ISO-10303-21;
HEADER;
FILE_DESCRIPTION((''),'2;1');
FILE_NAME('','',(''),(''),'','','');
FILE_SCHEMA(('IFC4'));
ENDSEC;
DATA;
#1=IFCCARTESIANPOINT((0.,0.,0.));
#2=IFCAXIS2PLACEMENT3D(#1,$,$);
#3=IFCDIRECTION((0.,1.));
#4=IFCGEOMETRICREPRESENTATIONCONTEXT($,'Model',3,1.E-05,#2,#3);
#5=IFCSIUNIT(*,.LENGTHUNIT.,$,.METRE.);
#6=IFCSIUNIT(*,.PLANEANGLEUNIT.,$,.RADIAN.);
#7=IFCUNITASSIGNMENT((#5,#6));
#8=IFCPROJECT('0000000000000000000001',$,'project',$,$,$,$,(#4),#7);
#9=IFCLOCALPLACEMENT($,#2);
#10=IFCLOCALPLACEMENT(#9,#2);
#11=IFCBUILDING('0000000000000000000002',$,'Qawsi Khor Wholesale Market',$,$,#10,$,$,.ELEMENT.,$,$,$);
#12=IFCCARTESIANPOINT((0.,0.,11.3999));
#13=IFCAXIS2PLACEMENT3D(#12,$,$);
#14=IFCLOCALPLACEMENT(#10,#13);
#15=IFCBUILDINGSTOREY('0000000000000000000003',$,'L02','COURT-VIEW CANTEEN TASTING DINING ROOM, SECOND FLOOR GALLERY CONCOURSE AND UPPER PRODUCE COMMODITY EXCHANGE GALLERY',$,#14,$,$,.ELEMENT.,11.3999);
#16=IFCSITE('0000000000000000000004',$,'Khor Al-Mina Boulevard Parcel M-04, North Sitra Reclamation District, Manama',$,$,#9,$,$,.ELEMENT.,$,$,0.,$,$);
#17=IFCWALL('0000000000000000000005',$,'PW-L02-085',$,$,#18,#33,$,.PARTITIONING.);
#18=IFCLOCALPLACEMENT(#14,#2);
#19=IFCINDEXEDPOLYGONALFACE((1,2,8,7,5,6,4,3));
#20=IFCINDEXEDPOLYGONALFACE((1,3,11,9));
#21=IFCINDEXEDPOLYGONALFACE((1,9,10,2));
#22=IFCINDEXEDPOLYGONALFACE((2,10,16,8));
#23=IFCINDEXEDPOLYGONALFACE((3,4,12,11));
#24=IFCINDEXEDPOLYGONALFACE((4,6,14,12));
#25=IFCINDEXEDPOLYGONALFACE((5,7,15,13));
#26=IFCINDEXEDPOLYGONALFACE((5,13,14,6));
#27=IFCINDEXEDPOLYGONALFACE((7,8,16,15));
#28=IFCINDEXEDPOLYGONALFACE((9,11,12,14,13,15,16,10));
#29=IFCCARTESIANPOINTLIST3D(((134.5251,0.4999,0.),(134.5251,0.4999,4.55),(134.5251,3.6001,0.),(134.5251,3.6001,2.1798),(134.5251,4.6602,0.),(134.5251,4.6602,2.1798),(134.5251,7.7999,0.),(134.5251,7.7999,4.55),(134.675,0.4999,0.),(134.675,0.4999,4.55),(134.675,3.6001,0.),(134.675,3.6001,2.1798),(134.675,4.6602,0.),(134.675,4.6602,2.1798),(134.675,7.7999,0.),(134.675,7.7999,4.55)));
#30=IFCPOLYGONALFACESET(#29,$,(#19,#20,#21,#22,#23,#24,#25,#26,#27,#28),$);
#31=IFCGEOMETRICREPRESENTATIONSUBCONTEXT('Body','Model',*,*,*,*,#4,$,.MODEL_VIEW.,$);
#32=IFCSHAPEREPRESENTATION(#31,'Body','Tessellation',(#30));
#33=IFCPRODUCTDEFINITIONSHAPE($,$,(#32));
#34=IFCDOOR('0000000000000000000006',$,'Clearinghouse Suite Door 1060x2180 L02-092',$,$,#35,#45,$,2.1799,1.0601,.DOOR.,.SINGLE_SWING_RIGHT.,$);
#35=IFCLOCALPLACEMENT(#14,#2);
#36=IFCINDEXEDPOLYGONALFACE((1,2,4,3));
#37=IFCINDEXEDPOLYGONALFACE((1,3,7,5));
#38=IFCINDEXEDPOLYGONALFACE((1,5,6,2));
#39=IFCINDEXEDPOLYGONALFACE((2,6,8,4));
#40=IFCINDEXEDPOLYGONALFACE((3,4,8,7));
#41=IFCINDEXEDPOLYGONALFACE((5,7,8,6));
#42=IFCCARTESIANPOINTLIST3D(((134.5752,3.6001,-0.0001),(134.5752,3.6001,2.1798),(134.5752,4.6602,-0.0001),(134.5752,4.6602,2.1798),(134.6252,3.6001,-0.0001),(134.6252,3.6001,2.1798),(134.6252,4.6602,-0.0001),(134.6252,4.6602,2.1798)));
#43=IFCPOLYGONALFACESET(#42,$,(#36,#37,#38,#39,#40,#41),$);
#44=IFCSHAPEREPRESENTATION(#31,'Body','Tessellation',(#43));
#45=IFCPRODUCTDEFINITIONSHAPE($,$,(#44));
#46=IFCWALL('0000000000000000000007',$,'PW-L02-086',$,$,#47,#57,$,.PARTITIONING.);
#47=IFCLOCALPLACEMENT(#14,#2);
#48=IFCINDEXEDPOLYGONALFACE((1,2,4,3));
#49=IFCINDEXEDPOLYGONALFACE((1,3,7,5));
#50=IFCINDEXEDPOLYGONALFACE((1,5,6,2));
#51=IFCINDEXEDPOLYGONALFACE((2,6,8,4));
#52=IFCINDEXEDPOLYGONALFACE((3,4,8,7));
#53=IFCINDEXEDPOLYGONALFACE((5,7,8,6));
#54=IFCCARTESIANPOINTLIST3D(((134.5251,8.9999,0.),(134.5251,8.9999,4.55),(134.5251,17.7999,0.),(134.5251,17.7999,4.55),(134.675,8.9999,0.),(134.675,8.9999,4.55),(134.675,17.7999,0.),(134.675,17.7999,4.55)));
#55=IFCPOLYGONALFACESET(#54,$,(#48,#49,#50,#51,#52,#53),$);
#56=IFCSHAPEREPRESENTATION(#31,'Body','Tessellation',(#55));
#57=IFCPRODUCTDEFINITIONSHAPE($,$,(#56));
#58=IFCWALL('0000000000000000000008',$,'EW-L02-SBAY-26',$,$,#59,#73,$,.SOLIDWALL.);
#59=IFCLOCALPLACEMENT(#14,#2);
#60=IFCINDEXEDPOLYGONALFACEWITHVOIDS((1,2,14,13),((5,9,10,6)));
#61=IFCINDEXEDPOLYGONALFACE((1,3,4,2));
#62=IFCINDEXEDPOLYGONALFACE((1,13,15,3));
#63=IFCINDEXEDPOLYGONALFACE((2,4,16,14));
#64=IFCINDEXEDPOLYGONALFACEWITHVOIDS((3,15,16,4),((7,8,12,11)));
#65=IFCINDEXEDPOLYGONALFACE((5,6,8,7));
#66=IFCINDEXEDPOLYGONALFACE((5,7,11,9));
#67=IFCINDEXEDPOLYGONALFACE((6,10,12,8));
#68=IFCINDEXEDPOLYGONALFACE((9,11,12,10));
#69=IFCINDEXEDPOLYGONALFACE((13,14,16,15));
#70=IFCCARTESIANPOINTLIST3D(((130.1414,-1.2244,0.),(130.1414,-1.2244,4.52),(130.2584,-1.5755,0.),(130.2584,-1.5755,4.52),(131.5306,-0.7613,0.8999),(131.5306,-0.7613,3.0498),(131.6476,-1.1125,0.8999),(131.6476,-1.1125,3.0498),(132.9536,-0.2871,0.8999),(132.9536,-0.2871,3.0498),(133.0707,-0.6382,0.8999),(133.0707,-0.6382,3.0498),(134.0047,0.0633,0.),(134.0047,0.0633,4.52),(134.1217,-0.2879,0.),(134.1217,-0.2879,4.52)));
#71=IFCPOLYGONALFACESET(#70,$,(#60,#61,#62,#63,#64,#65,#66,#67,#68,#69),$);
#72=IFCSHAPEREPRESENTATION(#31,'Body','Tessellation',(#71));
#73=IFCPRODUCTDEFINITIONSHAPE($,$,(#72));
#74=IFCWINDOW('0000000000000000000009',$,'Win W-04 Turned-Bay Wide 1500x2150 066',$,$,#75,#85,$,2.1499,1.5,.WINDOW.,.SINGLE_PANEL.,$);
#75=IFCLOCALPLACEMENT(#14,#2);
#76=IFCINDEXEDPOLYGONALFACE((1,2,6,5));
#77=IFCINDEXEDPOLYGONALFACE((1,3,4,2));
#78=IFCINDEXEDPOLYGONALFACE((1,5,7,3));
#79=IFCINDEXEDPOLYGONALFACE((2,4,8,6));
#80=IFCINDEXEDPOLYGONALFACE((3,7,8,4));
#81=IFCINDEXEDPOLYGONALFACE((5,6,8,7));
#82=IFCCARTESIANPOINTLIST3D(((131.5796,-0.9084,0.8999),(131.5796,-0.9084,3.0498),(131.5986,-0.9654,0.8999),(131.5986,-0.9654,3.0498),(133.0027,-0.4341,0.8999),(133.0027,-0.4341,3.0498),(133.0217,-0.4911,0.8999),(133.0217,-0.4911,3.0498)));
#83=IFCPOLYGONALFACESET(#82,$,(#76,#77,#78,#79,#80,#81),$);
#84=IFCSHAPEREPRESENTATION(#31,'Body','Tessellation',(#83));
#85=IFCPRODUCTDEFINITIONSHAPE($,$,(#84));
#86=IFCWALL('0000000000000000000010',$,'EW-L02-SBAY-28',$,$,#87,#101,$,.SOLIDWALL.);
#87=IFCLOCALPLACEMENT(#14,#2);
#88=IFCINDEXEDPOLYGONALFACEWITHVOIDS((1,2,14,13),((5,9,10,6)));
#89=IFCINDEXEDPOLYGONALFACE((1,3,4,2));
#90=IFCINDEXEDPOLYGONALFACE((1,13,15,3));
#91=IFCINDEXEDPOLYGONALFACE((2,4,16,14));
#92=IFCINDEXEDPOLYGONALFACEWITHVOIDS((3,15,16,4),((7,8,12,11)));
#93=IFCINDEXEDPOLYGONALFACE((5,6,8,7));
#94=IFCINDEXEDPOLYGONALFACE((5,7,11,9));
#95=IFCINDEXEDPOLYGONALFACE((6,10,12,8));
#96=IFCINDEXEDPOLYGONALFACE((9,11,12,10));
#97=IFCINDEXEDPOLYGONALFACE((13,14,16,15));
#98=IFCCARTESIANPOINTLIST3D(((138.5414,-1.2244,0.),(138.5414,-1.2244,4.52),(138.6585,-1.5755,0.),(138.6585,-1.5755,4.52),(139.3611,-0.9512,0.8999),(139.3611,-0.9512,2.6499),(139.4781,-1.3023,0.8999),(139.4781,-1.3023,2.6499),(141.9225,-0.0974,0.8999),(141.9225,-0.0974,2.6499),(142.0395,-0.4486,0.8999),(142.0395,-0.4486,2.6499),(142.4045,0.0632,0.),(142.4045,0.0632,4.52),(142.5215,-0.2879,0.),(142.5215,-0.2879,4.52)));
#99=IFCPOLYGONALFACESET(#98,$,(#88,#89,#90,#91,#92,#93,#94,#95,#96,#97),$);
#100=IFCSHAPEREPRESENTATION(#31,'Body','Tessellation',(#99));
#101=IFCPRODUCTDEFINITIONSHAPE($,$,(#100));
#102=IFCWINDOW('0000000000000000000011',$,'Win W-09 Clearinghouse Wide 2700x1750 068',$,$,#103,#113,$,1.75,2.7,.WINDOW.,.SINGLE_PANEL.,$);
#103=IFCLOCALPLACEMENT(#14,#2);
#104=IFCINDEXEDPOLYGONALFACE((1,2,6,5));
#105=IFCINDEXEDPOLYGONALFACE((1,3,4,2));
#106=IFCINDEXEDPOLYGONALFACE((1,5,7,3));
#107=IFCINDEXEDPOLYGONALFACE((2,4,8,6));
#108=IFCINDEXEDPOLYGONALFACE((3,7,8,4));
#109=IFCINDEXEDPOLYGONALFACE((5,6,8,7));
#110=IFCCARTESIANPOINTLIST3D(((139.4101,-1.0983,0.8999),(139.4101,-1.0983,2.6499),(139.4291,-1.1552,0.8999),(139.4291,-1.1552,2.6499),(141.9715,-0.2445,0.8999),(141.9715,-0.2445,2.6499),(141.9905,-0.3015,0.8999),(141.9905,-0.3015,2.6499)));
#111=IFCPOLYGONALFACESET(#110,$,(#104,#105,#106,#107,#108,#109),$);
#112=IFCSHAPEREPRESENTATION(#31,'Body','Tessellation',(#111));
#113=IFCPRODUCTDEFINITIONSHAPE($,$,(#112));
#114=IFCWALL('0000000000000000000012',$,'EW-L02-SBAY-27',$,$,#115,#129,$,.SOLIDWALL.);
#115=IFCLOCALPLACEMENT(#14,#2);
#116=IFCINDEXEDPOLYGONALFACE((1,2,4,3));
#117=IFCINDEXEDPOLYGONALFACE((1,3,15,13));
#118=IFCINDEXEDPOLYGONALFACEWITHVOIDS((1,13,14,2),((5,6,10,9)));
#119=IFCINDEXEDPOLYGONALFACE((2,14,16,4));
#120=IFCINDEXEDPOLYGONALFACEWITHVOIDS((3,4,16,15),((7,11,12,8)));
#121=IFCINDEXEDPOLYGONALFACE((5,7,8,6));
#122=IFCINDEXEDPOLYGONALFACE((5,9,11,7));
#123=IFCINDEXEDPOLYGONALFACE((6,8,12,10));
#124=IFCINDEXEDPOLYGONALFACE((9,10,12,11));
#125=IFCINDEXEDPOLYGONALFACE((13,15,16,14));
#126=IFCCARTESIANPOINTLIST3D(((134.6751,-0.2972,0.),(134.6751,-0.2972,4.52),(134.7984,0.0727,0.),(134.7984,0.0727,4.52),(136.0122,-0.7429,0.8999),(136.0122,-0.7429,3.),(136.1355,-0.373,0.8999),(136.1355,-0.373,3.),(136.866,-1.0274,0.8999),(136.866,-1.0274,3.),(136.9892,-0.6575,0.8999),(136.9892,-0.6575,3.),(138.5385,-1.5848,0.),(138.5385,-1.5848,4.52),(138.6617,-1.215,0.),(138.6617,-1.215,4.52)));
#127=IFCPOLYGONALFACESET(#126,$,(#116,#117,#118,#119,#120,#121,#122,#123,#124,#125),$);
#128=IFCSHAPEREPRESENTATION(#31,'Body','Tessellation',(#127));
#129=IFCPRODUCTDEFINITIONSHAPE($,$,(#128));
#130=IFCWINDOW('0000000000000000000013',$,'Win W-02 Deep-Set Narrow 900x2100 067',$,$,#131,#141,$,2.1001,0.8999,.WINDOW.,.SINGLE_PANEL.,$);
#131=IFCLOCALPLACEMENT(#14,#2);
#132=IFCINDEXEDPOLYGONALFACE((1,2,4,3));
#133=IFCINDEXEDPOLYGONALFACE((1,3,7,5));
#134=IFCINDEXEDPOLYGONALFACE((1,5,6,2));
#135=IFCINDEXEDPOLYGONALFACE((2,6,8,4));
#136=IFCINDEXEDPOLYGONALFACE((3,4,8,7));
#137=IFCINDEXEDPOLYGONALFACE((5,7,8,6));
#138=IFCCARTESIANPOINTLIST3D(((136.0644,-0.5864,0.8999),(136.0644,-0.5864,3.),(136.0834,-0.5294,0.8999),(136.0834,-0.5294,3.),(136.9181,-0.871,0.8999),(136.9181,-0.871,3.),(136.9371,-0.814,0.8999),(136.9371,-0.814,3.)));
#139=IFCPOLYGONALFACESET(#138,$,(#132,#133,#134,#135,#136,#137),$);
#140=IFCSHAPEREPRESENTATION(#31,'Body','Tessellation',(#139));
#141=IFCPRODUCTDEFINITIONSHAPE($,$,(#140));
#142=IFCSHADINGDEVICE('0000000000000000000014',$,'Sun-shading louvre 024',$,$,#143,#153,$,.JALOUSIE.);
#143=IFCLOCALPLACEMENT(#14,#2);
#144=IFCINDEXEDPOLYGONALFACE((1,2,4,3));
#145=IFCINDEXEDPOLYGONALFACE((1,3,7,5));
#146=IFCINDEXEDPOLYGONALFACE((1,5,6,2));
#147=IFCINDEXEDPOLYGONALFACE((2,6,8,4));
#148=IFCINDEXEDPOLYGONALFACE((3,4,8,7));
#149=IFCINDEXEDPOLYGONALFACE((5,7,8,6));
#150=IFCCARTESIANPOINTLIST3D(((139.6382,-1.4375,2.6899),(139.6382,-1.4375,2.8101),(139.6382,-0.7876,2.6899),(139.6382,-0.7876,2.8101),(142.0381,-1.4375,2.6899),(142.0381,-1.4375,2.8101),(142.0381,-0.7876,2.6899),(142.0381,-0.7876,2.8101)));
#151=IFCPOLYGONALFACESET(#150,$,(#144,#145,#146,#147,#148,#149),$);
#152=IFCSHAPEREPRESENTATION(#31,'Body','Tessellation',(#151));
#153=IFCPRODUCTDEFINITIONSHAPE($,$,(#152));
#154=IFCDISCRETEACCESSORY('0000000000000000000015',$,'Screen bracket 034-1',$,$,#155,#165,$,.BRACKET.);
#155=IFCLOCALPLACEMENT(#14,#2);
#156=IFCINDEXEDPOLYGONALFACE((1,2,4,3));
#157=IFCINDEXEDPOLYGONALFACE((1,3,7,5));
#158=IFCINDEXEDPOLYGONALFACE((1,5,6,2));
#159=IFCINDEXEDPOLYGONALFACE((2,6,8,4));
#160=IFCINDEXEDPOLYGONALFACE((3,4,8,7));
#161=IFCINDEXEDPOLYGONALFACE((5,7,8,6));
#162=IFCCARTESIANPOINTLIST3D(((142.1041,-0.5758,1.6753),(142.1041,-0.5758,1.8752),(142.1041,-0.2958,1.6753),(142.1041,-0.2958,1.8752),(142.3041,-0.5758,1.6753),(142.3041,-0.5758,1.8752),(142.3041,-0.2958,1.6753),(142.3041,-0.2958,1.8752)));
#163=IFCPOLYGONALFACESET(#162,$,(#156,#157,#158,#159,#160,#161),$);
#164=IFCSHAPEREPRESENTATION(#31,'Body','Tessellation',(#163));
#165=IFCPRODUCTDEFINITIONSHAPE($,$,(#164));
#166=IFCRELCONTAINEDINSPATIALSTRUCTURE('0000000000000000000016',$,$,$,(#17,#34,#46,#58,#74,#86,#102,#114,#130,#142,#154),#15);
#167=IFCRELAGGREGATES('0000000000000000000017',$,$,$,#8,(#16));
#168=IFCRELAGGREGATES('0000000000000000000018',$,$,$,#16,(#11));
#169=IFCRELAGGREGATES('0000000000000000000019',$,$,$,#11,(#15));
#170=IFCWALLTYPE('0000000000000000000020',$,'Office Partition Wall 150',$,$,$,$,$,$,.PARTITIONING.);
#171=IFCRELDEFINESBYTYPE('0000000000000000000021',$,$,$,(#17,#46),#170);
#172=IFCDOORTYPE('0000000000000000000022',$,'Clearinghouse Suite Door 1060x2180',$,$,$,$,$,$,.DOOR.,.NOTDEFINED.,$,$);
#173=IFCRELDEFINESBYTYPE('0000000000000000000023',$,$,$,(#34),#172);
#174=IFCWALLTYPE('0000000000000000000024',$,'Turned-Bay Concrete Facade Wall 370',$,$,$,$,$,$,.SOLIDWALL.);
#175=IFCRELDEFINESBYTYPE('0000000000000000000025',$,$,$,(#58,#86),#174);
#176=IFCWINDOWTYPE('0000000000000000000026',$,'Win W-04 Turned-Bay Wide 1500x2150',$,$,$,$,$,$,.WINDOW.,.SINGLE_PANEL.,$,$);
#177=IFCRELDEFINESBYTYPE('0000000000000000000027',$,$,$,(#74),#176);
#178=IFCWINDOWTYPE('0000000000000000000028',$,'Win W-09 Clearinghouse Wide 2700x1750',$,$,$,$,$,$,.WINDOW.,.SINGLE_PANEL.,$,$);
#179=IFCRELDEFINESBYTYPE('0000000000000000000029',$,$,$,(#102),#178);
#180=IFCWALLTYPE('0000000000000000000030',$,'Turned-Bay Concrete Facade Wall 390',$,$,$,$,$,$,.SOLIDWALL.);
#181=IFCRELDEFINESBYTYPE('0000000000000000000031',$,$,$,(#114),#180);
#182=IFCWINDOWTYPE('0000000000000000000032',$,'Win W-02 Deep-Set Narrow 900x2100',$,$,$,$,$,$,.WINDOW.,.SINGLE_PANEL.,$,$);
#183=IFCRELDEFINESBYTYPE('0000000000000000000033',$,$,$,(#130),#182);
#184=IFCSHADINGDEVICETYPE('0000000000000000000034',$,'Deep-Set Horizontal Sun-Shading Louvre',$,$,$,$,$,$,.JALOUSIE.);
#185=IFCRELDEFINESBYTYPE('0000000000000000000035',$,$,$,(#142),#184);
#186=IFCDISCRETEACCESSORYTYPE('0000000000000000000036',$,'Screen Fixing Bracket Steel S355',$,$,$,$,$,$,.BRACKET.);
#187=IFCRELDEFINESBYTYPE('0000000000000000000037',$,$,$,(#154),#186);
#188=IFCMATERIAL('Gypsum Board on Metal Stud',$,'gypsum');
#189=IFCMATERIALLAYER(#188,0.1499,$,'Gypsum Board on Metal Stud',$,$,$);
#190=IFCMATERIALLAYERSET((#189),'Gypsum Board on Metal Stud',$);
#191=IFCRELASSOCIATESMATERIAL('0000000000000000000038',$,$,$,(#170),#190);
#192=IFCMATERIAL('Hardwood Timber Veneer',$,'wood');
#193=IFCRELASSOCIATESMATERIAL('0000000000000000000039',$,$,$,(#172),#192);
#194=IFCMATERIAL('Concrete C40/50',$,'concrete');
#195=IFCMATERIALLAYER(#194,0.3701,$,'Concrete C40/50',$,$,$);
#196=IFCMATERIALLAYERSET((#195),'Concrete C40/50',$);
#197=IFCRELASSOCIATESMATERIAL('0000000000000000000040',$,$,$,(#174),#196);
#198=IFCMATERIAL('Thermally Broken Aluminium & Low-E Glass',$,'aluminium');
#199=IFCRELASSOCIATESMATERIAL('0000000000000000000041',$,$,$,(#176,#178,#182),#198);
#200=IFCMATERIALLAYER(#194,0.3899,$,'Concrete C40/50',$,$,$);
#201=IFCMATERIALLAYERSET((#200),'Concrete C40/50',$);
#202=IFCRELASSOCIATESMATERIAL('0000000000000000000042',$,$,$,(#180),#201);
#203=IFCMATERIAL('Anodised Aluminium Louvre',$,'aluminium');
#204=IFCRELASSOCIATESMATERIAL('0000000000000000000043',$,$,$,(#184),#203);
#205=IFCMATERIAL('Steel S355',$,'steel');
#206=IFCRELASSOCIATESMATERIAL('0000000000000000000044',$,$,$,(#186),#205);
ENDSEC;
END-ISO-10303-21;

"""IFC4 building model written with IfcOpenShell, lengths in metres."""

from ifc_helpers import new_model, si_unit, direction, frame, frame_2d, origin, origin_2d, place, context, subcontext, project, spatial, rectangle, extrude, material, layer, layer_set, type_object, element, fill, save


model = new_model("IFC4")

# Units and contexts
model_context = context("Model", 3, precision=1e-05, world=origin(), true_north=direction((0.0, 1.0)))
body_context = subcontext(model_context, "Body", "Model", "MODEL_VIEW")
ifc_project = project(units=[si_unit("LENGTHUNIT", "METRE"), si_unit("PLANEANGLEUNIT", "RADIAN")], contexts=[model_context])

# Site, building, storey
site_placement = place(None, origin())
site = spatial("IfcSite", under=ifc_project, at=site_placement, Name="Khor Al-Mina Boulevard Parcel M-04, North Sitra Reclamation District, Manama", CompositionType="ELEMENT", RefElevation=0.0)
building_placement = place(site_placement, origin())
building = spatial("IfcBuilding", under=site, at=building_placement, Name="Qawsi Khor Wholesale Market", CompositionType="ELEMENT")
storey_placement = place(building_placement, frame((0.0, 0.0, 11.3999)))
storey = spatial("IfcBuildingStorey", under=building, at=storey_placement, Name="L02", Description="COURT-VIEW CANTEEN TASTING DINING ROOM, SECOND FLOOR GALLERY CONCOURSE AND UPPER PRODUCE COMMODITY EXCHANGE GALLERY", CompositionType="ELEMENT", Elevation=11.3999)

# Shared definitions
ifc_material_1 = material(Name="Concrete C40/50", Category="concrete")

# Shared definitions
ifc_material_2 = material(Name="Steel S355", Category="steel")

# Wall, opening, door
ifc_material_3 = material(Name="Gypsum Board on Metal Stud", Category="gypsum")
ifc_layer_1 = layer(ifc_material_3, 0.1499, Name="Gypsum Board on Metal Stud")
ifc_layer_set_1 = layer_set([ifc_layer_1], Name="Gypsum Board on Metal Stud")
wall_type_1 = type_object("IfcWallType", Name="Office Partition Wall 150", PredefinedType="PARTITIONING", material=ifc_layer_set_1)
wall_1_placement = place(storey_placement, frame((134.6001, 0.5, 0.0), z_axis=(0.0, 0.0, 1.0), x_axis=(0.0, 1.0, 0.0)))
wall_1 = element("IfcWall", 1, at=wall_1_placement, inside=storey, type_object=wall_type_1, Name="PW-L02-085", PredefinedType="PARTITIONING", context=body_context, shape_type="SweptSolid", body=[
    extrude(rectangle(XDim=7.3, YDim=0.1499, at=frame_2d((3.6499, 0.0))), origin(), (0.0, 0.0, 1.0), 4.55),
])
opening_1_placement = place(wall_1_placement, frame((3.1001, 0.0, 0.0)))
opening_1 = element("IfcOpeningElement", 2, at=opening_1_placement, cuts=wall_1, PredefinedType="OPENING", context=body_context, shape_type="SweptSolid", body=[
    extrude(rectangle(XDim=1.0601, YDim=2.1799, at=frame_2d((0.53, 1.0898))), frame((0.0, 0.085, 0.0), z_axis=(0.0, -1.0, 0.0), x_axis=(1.0, 0.0, 0.0)), (0.0, 0.0, 1.0), 0.1699),
])
ifc_material_4 = material(Name="Hardwood Timber Veneer", Category="wood")
door_type = type_object("IfcDoorType", Name="Clearinghouse Suite Door 1060x2180", OperationType="NOTDEFINED", PredefinedType="DOOR", material=ifc_material_4)
door_placement = place(opening_1_placement, origin())
door = element("IfcDoor", 3, at=door_placement, inside=storey, type_object=door_type, Name="Clearinghouse Suite Door 1060x2180 L02-092", OperationType="SINGLE_SWING_RIGHT", OverallHeight=2.1799, OverallWidth=1.0601, PredefinedType="DOOR", context=body_context, shape_type="SweptSolid", body=[
    extrude(rectangle(XDim=1.0601, YDim=2.1799, at=frame_2d((0.53, 1.0898))), frame((0.0, 0.0249, 0.0), z_axis=(0.0, -1.0, 0.0), x_axis=(1.0, 0.0, 0.0)), (0.0, 0.0, 1.0), 0.05),
])
fill(opening_1, door)

# Wall
wall_2_placement = place(storey_placement, frame((134.6001, 9.0, 0.0), z_axis=(0.0, 0.0, 1.0), x_axis=(0.0, 1.0, 0.0)))
element("IfcWall", 4, at=wall_2_placement, inside=storey, type_object=wall_type_1, Name="PW-L02-086", PredefinedType="PARTITIONING", context=body_context, shape_type="SweptSolid", body=[
    extrude(rectangle(XDim=8.8, YDim=0.1499, at=frame_2d((4.3999, 0.0))), origin(), (0.0, 0.0, 1.0), 4.55),
])

# Walls, openings, windows
ifc_layer_2 = layer(ifc_material_1, 0.3701, Name="Concrete C40/50")
ifc_layer_set_2 = layer_set([ifc_layer_2], Name="Concrete C40/50")
wall_type_2 = type_object("IfcWallType", Name="Turned-Bay Concrete Facade Wall 370", PredefinedType="SOLIDWALL", material=ifc_layer_set_2)
wall_3_placement = place(storey_placement, frame((134.0632, -0.1123, 0.0), z_axis=(0.0, 0.0, 1.0), x_axis=(-0.948695, -0.316192, 0.0)))
wall_3 = element("IfcWall", 5, at=wall_3_placement, inside=storey, type_object=wall_type_2, Name="EW-L02-SBAY-26", PredefinedType="SOLIDWALL", context=body_context, shape_type="SweptSolid", body=[
    extrude(rectangle(XDim=4.0723, YDim=0.3701, at=frame_2d((2.0361, 0.0))), origin(), (0.0, 0.0, 1.0), 4.52),
])
opening_2_placement = place(wall_3_placement, frame((1.1079, 0.0, 0.8999)))
opening_2 = element("IfcOpeningElement", 6, at=opening_2_placement, cuts=wall_3, PredefinedType="OPENING", context=body_context, shape_type="SweptSolid", body=[
    extrude(rectangle(XDim=1.5, YDim=2.1499, at=frame_2d((0.75, 1.075))), frame((0.0, 0.1951, 0.0), z_axis=(0.0, -1.0, 0.0), x_axis=(1.0, 0.0, 0.0)), (0.0, 0.0, 1.0), 0.3901),
])
ifc_material_5 = material(Name="Thermally Broken Aluminium & Low-E Glass", Category="aluminium")
window_type_1 = type_object("IfcWindowType", Name="Win W-04 Turned-Bay Wide 1500x2150", PartitioningType="SINGLE_PANEL", PredefinedType="WINDOW", material=ifc_material_5)
window_1_placement = place(opening_2_placement, origin())
window_1 = element("IfcWindow", 7, at=window_1_placement, inside=storey, type_object=window_type_1, Name="Win W-04 Turned-Bay Wide 1500x2150 066", OverallHeight=2.1499, OverallWidth=1.5, PartitioningType="SINGLE_PANEL", PredefinedType="WINDOW", context=body_context, shape_type="SweptSolid", body=[
    extrude(rectangle(XDim=1.5, YDim=2.1499, at=frame_2d((0.75, 1.075))), frame((0.0, 0.03, 0.0), z_axis=(0.0, -1.0, 0.0), x_axis=(1.0, 0.0, 0.0)), (0.0, 0.0, 1.0), 0.0601),
])
fill(opening_2, window_1)
wall_4_placement = place(storey_placement, frame((142.4631, -0.1123, 0.0), z_axis=(0.0, 0.0, 1.0), x_axis=(-0.948689, -0.31621, 0.0)))
wall_4 = element("IfcWall", 8, at=wall_4_placement, inside=storey, type_object=wall_type_2, Name="EW-L02-SBAY-28", PredefinedType="SOLIDWALL", context=body_context, shape_type="SweptSolid", body=[
    extrude(rectangle(XDim=4.072, YDim=0.3701, at=frame_2d((2.0361, 0.0))), origin(), (0.0, 0.0, 1.0), 4.52),
])
opening_3_placement = place(wall_4_placement, frame((0.5081, 0.0, 0.8999)))
opening_3 = element("IfcOpeningElement", 9, at=opening_3_placement, cuts=wall_4, PredefinedType="OPENING", context=body_context, shape_type="SweptSolid", body=[
    extrude(rectangle(XDim=2.7, YDim=1.75, at=frame_2d((1.3501, 0.875))), frame((0.0, 0.1951, 0.0), z_axis=(0.0, -1.0, 0.0), x_axis=(1.0, 0.0, 0.0)), (0.0, 0.0, 1.0), 0.3901),
])
window_type_2 = type_object("IfcWindowType", Name="Win W-09 Clearinghouse Wide 2700x1750", PartitioningType="SINGLE_PANEL", PredefinedType="WINDOW", material=ifc_material_5)
window_2_placement = place(opening_3_placement, origin())
window_2 = element("IfcWindow", 10, at=window_2_placement, inside=storey, type_object=window_type_2, Name="Win W-09 Clearinghouse Wide 2700x1750 068", OverallHeight=1.75, OverallWidth=2.7, PartitioningType="SINGLE_PANEL", PredefinedType="WINDOW", context=body_context, shape_type="SweptSolid", body=[
    extrude(rectangle(XDim=2.7, YDim=1.75, at=frame_2d((1.3501, 0.875))), frame((0.0, 0.03, 0.0), z_axis=(0.0, -1.0, 0.0), x_axis=(1.0, 0.0, 0.0)), (0.0, 0.0, 1.0), 0.0601),
])
fill(opening_3, window_2)
ifc_layer_3 = layer(ifc_material_1, 0.3899, Name="Concrete C40/50")
ifc_layer_set_3 = layer_set([ifc_layer_3], Name="Concrete C40/50")
wall_type_3 = type_object("IfcWallType", Name="Turned-Bay Concrete Facade Wall 390", PredefinedType="SOLIDWALL", material=ifc_layer_set_3)
wall_5_placement = place(storey_placement, frame((138.6001, -1.3999, 0.0), z_axis=(0.0, 0.0, 1.0), x_axis=(-0.948695, 0.316192, 0.0)))
wall_5 = element("IfcWall", 11, at=wall_5_placement, inside=storey, type_object=wall_type_3, Name="EW-L02-SBAY-27", PredefinedType="SOLIDWALL", context=body_context, shape_type="SweptSolid", body=[
    extrude(rectangle(XDim=4.0723, YDim=0.3899, at=frame_2d((2.0361, 0.0))), origin(), (0.0, 0.0, 1.0), 4.52),
])
opening_4_placement = place(wall_5_placement, frame((1.7629, 0.0, 0.8999)))
opening_4 = element("IfcOpeningElement", 12, at=opening_4_placement, cuts=wall_5, PredefinedType="OPENING", context=body_context, shape_type="SweptSolid", body=[
    extrude(rectangle(XDim=0.8999, YDim=2.1001, at=frame_2d((0.45, 1.05))), frame((0.0, 0.2048, 0.0), z_axis=(0.0, -1.0, 0.0), x_axis=(1.0, 0.0, 0.0)), (0.0, 0.0, 1.0), 0.4099),
])
window_type_3 = type_object("IfcWindowType", Name="Win W-02 Deep-Set Narrow 900x2100", PartitioningType="SINGLE_PANEL", PredefinedType="WINDOW", material=ifc_material_5)
window_3_placement = place(opening_4_placement, origin())
window_3 = element("IfcWindow", 13, at=window_3_placement, inside=storey, type_object=window_type_3, Name="Win W-02 Deep-Set Narrow 900x2100 067", OverallHeight=2.1001, OverallWidth=0.8999, PartitioningType="SINGLE_PANEL", PredefinedType="WINDOW", context=body_context, shape_type="SweptSolid", body=[
    extrude(rectangle(XDim=0.8999, YDim=2.1001, at=frame_2d((0.45, 1.05))), frame((0.0, 0.03, 0.0), z_axis=(0.0, -1.0, 0.0), x_axis=(1.0, 0.0, 0.0)), (0.0, 0.0, 1.0), 0.0601),
])
fill(opening_4, window_3)

# Shading device
ifc_material_6 = material(Name="Anodised Aluminium Louvre", Category="aluminium")
shading_device_type = type_object("IfcShadingDeviceType", Name="Deep-Set Horizontal Sun-Shading Louvre", PredefinedType="JALOUSIE", material=ifc_material_6)
shading_device_placement = place(storey_placement, frame((140.8381, -1.1125, 2.6899), z_axis=(0.0, 0.0, 1.0), x_axis=(1.0, 0.0, 0.0)))
element("IfcShadingDevice", 14, at=shading_device_placement, inside=storey, type_object=shading_device_type, Name="Sun-shading louvre 024", PredefinedType="JALOUSIE", context=body_context, shape_type="SweptSolid", body=[
    extrude(rectangle(XDim=2.3999, YDim=0.6499, at=origin_2d()), origin(), (0.0, 0.0, 1.0), 0.1201),
])

# Discrete accessory
discrete_accessory_type = type_object("IfcDiscreteAccessoryType", Name="Screen Fixing Bracket Steel S355", PredefinedType="BRACKET", material=ifc_material_2)
for number, where, z_axis, x_axis, name in (
    (15, (142.2041, -0.4358, 1.6753), (0.0, 0.0, 1.0), (1.0, 0.0, 0.0), "Screen bracket 034-1"),
):
    element("IfcDiscreteAccessory", number, at=place(storey_placement, frame(where, z_axis=z_axis, x_axis=x_axis)), inside=storey, type_object=discrete_accessory_type, Name=name, PredefinedType="BRACKET", context=body_context, shape_type="SweptSolid", body=[
        extrude(rectangle(XDim=0.2, YDim=0.28, at=origin_2d()), origin(), (0.0, 0.0, 1.0), 0.2),
    ])

save(model, "model.ifc")
